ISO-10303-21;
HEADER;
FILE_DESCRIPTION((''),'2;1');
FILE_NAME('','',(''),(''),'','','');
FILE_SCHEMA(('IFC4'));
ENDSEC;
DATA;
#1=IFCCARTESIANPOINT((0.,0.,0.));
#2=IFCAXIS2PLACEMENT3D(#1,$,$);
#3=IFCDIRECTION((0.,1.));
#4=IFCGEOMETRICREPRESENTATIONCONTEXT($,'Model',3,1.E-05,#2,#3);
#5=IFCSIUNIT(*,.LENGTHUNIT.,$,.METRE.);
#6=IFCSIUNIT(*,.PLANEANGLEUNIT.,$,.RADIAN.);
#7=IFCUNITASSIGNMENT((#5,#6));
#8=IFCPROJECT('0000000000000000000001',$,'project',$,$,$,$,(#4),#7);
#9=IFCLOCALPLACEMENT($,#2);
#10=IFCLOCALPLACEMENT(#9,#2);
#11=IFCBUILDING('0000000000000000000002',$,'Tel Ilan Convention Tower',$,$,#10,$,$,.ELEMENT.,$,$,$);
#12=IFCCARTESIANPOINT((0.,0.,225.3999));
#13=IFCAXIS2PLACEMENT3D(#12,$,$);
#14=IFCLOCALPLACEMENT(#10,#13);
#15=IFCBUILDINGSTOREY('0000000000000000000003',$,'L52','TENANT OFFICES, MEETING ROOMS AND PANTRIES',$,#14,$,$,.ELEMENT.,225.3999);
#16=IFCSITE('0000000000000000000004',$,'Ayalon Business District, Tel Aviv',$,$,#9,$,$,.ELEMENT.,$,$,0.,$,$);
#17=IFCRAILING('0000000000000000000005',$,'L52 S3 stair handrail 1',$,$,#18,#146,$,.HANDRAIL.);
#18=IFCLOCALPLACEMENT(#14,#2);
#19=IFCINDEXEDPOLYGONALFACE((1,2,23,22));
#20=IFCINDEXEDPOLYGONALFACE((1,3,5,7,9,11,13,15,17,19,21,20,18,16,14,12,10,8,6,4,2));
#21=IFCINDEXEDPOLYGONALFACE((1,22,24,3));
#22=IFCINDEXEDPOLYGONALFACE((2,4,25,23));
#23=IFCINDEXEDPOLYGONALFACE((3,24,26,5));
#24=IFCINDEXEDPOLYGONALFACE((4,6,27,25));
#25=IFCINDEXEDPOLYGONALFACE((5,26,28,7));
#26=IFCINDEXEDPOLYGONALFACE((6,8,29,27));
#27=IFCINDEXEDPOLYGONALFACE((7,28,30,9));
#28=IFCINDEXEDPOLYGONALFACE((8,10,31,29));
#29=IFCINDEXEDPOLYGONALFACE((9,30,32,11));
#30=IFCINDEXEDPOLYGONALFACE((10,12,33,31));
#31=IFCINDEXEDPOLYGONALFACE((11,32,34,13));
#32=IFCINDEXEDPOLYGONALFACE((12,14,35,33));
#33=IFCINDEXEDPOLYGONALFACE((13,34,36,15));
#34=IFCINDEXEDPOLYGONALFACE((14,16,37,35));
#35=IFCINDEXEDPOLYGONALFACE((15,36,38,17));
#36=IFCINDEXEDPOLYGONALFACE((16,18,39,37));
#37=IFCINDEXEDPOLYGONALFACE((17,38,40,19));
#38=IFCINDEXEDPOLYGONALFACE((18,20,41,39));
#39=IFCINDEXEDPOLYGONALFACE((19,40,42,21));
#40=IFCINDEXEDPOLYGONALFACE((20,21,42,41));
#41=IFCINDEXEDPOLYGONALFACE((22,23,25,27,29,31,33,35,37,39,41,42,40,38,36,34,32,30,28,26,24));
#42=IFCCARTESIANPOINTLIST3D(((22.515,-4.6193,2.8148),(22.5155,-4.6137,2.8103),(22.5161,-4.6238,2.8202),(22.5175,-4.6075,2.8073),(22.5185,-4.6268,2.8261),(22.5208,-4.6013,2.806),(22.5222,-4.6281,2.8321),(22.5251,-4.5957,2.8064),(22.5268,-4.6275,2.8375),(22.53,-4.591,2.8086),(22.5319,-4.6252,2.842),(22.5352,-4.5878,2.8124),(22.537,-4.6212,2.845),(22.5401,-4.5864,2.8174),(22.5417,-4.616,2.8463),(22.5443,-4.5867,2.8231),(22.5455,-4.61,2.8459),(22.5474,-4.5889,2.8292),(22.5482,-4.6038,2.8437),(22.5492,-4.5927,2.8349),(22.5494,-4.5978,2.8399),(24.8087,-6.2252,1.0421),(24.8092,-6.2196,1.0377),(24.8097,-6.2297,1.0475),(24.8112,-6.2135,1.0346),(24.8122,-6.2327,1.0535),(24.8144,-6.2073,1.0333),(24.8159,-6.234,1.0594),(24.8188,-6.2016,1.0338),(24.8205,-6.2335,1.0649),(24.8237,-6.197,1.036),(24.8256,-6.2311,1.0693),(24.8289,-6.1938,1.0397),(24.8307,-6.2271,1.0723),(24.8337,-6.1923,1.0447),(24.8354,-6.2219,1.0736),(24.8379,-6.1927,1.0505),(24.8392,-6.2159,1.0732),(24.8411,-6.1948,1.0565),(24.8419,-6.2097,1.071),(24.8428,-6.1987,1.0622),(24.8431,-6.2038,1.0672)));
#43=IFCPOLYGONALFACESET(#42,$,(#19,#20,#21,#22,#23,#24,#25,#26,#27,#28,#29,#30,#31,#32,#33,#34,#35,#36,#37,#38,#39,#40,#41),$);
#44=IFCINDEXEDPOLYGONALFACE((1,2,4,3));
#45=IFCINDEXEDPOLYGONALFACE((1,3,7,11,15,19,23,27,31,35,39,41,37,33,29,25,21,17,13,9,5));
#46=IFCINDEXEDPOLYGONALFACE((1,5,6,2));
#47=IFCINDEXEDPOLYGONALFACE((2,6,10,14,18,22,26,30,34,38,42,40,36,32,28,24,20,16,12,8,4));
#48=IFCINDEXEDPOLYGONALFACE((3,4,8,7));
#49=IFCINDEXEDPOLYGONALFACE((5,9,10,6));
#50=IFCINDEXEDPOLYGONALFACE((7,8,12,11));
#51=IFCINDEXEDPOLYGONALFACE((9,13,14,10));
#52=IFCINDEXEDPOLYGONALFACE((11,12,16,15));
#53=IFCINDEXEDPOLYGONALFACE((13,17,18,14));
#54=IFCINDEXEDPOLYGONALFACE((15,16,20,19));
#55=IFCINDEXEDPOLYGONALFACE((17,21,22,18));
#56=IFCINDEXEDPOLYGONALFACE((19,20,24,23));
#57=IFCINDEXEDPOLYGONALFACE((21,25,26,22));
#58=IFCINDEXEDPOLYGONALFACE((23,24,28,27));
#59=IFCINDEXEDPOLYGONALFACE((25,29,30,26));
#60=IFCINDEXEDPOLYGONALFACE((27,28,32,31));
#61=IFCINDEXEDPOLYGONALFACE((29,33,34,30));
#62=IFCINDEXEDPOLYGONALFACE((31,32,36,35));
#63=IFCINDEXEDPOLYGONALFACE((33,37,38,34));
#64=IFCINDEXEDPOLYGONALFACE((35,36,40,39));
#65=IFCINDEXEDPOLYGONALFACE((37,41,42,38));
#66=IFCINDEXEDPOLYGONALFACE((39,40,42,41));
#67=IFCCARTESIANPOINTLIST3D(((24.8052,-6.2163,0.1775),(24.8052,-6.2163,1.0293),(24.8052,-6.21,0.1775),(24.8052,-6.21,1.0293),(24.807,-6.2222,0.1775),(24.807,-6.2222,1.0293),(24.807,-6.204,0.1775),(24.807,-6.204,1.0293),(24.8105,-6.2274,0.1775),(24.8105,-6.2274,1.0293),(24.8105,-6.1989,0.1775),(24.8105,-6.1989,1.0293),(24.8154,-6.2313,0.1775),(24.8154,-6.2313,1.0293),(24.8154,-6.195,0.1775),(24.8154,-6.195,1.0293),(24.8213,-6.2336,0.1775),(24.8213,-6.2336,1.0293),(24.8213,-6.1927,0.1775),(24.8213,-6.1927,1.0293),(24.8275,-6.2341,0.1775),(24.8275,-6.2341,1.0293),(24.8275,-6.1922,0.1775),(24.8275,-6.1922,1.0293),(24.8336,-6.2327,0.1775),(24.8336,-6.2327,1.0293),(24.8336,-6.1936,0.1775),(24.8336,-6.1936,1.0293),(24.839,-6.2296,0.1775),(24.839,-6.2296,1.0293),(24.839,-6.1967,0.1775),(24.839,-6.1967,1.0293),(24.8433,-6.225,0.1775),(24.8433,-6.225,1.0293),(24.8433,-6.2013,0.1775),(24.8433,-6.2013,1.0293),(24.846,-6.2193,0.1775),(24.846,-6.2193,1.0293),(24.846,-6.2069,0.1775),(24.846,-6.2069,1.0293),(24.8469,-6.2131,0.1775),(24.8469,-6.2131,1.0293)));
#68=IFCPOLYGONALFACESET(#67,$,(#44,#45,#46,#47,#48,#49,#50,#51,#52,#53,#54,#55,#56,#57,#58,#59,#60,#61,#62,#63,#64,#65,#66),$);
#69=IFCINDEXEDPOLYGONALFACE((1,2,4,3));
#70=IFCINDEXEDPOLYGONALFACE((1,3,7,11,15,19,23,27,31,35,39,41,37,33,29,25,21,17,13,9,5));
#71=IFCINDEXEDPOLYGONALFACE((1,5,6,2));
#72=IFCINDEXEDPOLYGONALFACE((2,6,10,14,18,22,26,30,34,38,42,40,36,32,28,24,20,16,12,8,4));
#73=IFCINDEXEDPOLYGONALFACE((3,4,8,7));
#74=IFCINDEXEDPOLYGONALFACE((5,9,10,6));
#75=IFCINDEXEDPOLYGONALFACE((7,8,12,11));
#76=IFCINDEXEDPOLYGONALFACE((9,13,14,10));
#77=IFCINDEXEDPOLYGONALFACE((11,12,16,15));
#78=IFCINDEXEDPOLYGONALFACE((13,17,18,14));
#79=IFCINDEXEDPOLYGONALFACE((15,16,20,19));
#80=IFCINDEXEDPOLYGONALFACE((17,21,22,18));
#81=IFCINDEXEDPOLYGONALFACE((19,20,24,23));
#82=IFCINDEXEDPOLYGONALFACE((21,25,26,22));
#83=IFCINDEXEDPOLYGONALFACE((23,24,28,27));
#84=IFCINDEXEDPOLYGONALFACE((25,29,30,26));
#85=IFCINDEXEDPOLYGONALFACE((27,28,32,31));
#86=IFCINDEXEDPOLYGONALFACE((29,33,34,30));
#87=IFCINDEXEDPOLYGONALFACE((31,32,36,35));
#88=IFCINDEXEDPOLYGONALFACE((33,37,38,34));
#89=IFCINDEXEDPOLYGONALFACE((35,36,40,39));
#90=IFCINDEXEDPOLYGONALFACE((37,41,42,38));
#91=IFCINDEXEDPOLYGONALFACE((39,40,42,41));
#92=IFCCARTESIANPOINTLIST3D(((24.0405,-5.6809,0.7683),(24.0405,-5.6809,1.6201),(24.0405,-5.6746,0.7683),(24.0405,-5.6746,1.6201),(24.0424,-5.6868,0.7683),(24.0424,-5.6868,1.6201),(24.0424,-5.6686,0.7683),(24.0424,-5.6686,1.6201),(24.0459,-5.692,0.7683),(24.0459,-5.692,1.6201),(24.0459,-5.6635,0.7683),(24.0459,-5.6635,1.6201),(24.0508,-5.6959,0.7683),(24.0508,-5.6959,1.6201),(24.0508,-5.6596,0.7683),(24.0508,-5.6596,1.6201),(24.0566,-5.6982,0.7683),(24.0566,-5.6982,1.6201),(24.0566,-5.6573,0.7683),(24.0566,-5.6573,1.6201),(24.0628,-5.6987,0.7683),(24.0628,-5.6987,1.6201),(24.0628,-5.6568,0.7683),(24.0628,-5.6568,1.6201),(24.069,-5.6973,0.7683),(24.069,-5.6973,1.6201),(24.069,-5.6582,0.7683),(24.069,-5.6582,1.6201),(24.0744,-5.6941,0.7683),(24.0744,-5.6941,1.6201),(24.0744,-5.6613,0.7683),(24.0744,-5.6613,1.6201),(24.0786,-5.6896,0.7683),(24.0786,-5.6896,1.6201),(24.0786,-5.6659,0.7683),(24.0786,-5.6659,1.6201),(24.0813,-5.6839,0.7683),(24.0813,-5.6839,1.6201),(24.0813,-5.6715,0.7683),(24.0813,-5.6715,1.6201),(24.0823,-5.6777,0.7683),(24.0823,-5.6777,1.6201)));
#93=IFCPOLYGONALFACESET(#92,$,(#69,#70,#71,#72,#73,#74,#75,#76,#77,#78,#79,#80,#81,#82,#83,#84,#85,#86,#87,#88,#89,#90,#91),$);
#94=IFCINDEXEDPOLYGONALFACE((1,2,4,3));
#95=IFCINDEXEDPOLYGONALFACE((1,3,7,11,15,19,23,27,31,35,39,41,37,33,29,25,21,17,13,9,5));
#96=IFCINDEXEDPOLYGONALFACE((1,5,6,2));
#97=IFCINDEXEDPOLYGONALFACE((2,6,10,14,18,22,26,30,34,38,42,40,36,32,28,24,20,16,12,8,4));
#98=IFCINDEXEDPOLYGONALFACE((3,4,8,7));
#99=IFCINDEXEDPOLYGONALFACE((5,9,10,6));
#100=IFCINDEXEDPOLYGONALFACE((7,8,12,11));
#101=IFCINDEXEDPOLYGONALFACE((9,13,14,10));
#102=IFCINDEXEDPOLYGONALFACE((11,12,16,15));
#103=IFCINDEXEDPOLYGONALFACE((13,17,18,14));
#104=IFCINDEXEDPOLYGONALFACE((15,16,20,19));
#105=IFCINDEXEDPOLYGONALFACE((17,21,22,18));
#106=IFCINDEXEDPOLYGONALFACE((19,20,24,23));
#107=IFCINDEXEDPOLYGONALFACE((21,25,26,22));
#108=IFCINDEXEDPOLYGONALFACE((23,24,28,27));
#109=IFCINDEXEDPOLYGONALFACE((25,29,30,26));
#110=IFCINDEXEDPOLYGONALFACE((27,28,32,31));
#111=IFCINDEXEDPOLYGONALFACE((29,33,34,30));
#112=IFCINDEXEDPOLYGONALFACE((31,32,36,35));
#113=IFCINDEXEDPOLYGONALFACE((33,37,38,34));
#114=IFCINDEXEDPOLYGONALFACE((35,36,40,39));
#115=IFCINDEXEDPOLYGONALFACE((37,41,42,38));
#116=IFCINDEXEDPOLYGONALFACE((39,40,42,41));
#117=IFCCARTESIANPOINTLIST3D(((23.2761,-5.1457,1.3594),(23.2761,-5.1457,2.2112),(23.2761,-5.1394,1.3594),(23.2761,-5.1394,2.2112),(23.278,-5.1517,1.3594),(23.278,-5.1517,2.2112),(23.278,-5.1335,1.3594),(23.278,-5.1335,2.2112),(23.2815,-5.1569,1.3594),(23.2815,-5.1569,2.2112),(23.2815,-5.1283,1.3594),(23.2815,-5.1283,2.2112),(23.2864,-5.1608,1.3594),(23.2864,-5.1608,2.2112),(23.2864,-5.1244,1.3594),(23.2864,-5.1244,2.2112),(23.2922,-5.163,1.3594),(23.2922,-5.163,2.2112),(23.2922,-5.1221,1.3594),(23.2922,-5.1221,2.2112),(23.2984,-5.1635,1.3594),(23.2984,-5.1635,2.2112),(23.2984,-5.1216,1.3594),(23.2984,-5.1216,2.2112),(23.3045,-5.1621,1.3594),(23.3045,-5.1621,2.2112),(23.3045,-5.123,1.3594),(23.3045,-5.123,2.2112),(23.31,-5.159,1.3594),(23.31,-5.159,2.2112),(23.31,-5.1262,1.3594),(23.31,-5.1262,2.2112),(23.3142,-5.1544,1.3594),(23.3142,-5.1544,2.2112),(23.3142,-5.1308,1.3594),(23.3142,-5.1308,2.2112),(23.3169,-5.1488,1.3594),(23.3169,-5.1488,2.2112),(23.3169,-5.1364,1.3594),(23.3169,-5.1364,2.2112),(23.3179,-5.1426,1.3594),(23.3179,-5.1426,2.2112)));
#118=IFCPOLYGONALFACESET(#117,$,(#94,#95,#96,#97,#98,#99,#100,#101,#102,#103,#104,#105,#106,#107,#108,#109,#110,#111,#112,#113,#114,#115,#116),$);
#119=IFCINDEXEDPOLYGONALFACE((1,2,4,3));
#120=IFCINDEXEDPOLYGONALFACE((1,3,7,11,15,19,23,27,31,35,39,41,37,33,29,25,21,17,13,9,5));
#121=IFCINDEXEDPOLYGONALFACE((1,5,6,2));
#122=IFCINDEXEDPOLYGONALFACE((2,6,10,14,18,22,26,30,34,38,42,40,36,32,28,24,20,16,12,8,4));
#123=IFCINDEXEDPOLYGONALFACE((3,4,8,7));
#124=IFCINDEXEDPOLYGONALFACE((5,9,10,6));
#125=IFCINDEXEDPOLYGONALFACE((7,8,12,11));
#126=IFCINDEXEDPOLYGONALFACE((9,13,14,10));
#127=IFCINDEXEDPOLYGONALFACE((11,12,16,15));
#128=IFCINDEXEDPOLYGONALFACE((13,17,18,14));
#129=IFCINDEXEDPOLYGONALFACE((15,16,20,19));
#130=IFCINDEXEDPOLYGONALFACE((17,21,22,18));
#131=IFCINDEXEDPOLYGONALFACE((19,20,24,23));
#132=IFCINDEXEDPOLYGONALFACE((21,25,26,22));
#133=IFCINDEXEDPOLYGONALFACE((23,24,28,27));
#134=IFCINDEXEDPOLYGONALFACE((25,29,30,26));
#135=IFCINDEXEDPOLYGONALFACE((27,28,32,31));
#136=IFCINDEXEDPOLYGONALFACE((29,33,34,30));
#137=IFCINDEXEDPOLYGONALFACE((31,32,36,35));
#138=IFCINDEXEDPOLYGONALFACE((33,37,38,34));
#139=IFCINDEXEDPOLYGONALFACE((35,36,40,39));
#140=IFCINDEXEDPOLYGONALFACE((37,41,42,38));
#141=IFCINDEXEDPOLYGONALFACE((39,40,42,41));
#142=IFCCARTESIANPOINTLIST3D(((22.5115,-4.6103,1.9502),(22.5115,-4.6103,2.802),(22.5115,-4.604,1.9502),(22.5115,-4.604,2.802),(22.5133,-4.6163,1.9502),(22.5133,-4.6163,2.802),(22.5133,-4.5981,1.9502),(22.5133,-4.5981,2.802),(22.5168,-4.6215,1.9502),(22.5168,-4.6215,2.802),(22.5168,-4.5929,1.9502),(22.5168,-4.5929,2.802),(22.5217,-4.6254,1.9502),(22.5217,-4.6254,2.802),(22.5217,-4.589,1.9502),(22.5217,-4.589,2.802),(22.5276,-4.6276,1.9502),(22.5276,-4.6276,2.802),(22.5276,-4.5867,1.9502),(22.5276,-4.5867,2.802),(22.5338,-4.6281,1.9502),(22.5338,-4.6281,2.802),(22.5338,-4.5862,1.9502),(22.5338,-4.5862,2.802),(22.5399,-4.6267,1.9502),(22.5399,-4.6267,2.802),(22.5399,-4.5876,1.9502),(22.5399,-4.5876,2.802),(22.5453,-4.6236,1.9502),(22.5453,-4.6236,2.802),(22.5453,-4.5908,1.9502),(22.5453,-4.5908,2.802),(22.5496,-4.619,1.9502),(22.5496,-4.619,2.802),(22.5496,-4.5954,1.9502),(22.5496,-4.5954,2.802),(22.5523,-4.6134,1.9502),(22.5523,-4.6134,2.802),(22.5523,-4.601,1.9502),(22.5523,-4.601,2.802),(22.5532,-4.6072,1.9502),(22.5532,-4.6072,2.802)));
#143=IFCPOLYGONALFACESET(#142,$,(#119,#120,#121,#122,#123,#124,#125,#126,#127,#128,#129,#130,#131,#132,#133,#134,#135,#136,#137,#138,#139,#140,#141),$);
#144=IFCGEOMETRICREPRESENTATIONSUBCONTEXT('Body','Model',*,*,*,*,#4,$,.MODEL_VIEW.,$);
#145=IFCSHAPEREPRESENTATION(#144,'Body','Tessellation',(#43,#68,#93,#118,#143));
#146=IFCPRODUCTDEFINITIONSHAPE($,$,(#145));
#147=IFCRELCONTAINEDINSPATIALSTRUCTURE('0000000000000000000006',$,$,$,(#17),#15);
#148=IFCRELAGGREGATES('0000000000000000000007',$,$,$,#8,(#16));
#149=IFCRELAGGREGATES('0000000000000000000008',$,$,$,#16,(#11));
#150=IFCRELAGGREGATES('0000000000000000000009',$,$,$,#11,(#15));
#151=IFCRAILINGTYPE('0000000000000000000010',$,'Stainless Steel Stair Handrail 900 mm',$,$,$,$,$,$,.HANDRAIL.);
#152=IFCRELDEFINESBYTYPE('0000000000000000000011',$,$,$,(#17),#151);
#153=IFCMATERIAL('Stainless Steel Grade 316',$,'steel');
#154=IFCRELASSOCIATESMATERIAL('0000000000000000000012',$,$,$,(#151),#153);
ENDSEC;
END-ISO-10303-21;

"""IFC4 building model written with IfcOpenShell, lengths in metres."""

from ifc_helpers import new_model, si_unit, direction, frame, origin, origin_2d, place, context, subcontext, project, spatial, circle, extrude, material, type_object, element, save


model = new_model("IFC4")

# Units and contexts
model_context = context("Model", 3, precision=1e-05, world=origin(), true_north=direction((0.0, 1.0)))
body_context = subcontext(model_context, "Body", "Model", "MODEL_VIEW")
ifc_project = project(units=[si_unit("LENGTHUNIT", "METRE"), si_unit("PLANEANGLEUNIT", "RADIAN")], contexts=[model_context])

# Site, building, storey
site_placement = place(None, origin())
site = spatial("IfcSite", under=ifc_project, at=site_placement, Name="Ayalon Business District, Tel Aviv", CompositionType="ELEMENT", RefElevation=0.0)
building_placement = place(site_placement, origin())
building = spatial("IfcBuilding", under=site, at=building_placement, Name="Tel Ilan Convention Tower", CompositionType="ELEMENT")
storey_placement = place(building_placement, frame((0.0, 0.0, 225.3999)))
storey = spatial("IfcBuildingStorey", under=building, at=storey_placement, Name="L52", Description="TENANT OFFICES, MEETING ROOMS AND PANTRIES", CompositionType="ELEMENT", Elevation=225.3999)

# Railing
ifc_material_1 = material(Name="Stainless Steel Grade 316", Category="steel")
railing_type_1 = type_object("IfcRailingType", Name="Stainless Steel Stair Handrail 900 mm", PredefinedType="HANDRAIL", material=ifc_material_1)
railing_1_placement = place(storey_placement, frame((24.8259, -6.2131, 0.1775)))
element("IfcRailing", 1, at=railing_1_placement, inside=storey, type_object=railing_type_1, Name="L52 S3 stair handrail 1", PredefinedType="HANDRAIL", context=body_context, shape_type="SweptSolid", body=[
    extrude(circle(Radius=0.0239, at=origin_2d()), frame((0.0, 0.0, 0.876), z_axis=(-0.692123, 0.484597, 0.534913), x_axis=(-0.57355, -0.81917, 0.0)), (0.0, 0.0, 1.0), 3.314),
    extrude(circle(Radius=0.021, at=origin_2d()), origin(), (0.0, 0.0, 1.0), 0.8518),
    extrude(circle(Radius=0.021, at=origin_2d()), frame((-0.7646, 0.5354, 0.5908)), (0.0, 0.0, 1.0), 0.8518),
    extrude(circle(Radius=0.021, at=origin_2d()), frame((-1.5291, 1.0706, 1.1819)), (0.0, 0.0, 1.0), 0.8518),
    extrude(circle(Radius=0.021, at=origin_2d()), frame((-2.2937, 1.606, 1.7727)), (0.0, 0.0, 1.0), 0.8518),
])

save(model, "model.ifc")
